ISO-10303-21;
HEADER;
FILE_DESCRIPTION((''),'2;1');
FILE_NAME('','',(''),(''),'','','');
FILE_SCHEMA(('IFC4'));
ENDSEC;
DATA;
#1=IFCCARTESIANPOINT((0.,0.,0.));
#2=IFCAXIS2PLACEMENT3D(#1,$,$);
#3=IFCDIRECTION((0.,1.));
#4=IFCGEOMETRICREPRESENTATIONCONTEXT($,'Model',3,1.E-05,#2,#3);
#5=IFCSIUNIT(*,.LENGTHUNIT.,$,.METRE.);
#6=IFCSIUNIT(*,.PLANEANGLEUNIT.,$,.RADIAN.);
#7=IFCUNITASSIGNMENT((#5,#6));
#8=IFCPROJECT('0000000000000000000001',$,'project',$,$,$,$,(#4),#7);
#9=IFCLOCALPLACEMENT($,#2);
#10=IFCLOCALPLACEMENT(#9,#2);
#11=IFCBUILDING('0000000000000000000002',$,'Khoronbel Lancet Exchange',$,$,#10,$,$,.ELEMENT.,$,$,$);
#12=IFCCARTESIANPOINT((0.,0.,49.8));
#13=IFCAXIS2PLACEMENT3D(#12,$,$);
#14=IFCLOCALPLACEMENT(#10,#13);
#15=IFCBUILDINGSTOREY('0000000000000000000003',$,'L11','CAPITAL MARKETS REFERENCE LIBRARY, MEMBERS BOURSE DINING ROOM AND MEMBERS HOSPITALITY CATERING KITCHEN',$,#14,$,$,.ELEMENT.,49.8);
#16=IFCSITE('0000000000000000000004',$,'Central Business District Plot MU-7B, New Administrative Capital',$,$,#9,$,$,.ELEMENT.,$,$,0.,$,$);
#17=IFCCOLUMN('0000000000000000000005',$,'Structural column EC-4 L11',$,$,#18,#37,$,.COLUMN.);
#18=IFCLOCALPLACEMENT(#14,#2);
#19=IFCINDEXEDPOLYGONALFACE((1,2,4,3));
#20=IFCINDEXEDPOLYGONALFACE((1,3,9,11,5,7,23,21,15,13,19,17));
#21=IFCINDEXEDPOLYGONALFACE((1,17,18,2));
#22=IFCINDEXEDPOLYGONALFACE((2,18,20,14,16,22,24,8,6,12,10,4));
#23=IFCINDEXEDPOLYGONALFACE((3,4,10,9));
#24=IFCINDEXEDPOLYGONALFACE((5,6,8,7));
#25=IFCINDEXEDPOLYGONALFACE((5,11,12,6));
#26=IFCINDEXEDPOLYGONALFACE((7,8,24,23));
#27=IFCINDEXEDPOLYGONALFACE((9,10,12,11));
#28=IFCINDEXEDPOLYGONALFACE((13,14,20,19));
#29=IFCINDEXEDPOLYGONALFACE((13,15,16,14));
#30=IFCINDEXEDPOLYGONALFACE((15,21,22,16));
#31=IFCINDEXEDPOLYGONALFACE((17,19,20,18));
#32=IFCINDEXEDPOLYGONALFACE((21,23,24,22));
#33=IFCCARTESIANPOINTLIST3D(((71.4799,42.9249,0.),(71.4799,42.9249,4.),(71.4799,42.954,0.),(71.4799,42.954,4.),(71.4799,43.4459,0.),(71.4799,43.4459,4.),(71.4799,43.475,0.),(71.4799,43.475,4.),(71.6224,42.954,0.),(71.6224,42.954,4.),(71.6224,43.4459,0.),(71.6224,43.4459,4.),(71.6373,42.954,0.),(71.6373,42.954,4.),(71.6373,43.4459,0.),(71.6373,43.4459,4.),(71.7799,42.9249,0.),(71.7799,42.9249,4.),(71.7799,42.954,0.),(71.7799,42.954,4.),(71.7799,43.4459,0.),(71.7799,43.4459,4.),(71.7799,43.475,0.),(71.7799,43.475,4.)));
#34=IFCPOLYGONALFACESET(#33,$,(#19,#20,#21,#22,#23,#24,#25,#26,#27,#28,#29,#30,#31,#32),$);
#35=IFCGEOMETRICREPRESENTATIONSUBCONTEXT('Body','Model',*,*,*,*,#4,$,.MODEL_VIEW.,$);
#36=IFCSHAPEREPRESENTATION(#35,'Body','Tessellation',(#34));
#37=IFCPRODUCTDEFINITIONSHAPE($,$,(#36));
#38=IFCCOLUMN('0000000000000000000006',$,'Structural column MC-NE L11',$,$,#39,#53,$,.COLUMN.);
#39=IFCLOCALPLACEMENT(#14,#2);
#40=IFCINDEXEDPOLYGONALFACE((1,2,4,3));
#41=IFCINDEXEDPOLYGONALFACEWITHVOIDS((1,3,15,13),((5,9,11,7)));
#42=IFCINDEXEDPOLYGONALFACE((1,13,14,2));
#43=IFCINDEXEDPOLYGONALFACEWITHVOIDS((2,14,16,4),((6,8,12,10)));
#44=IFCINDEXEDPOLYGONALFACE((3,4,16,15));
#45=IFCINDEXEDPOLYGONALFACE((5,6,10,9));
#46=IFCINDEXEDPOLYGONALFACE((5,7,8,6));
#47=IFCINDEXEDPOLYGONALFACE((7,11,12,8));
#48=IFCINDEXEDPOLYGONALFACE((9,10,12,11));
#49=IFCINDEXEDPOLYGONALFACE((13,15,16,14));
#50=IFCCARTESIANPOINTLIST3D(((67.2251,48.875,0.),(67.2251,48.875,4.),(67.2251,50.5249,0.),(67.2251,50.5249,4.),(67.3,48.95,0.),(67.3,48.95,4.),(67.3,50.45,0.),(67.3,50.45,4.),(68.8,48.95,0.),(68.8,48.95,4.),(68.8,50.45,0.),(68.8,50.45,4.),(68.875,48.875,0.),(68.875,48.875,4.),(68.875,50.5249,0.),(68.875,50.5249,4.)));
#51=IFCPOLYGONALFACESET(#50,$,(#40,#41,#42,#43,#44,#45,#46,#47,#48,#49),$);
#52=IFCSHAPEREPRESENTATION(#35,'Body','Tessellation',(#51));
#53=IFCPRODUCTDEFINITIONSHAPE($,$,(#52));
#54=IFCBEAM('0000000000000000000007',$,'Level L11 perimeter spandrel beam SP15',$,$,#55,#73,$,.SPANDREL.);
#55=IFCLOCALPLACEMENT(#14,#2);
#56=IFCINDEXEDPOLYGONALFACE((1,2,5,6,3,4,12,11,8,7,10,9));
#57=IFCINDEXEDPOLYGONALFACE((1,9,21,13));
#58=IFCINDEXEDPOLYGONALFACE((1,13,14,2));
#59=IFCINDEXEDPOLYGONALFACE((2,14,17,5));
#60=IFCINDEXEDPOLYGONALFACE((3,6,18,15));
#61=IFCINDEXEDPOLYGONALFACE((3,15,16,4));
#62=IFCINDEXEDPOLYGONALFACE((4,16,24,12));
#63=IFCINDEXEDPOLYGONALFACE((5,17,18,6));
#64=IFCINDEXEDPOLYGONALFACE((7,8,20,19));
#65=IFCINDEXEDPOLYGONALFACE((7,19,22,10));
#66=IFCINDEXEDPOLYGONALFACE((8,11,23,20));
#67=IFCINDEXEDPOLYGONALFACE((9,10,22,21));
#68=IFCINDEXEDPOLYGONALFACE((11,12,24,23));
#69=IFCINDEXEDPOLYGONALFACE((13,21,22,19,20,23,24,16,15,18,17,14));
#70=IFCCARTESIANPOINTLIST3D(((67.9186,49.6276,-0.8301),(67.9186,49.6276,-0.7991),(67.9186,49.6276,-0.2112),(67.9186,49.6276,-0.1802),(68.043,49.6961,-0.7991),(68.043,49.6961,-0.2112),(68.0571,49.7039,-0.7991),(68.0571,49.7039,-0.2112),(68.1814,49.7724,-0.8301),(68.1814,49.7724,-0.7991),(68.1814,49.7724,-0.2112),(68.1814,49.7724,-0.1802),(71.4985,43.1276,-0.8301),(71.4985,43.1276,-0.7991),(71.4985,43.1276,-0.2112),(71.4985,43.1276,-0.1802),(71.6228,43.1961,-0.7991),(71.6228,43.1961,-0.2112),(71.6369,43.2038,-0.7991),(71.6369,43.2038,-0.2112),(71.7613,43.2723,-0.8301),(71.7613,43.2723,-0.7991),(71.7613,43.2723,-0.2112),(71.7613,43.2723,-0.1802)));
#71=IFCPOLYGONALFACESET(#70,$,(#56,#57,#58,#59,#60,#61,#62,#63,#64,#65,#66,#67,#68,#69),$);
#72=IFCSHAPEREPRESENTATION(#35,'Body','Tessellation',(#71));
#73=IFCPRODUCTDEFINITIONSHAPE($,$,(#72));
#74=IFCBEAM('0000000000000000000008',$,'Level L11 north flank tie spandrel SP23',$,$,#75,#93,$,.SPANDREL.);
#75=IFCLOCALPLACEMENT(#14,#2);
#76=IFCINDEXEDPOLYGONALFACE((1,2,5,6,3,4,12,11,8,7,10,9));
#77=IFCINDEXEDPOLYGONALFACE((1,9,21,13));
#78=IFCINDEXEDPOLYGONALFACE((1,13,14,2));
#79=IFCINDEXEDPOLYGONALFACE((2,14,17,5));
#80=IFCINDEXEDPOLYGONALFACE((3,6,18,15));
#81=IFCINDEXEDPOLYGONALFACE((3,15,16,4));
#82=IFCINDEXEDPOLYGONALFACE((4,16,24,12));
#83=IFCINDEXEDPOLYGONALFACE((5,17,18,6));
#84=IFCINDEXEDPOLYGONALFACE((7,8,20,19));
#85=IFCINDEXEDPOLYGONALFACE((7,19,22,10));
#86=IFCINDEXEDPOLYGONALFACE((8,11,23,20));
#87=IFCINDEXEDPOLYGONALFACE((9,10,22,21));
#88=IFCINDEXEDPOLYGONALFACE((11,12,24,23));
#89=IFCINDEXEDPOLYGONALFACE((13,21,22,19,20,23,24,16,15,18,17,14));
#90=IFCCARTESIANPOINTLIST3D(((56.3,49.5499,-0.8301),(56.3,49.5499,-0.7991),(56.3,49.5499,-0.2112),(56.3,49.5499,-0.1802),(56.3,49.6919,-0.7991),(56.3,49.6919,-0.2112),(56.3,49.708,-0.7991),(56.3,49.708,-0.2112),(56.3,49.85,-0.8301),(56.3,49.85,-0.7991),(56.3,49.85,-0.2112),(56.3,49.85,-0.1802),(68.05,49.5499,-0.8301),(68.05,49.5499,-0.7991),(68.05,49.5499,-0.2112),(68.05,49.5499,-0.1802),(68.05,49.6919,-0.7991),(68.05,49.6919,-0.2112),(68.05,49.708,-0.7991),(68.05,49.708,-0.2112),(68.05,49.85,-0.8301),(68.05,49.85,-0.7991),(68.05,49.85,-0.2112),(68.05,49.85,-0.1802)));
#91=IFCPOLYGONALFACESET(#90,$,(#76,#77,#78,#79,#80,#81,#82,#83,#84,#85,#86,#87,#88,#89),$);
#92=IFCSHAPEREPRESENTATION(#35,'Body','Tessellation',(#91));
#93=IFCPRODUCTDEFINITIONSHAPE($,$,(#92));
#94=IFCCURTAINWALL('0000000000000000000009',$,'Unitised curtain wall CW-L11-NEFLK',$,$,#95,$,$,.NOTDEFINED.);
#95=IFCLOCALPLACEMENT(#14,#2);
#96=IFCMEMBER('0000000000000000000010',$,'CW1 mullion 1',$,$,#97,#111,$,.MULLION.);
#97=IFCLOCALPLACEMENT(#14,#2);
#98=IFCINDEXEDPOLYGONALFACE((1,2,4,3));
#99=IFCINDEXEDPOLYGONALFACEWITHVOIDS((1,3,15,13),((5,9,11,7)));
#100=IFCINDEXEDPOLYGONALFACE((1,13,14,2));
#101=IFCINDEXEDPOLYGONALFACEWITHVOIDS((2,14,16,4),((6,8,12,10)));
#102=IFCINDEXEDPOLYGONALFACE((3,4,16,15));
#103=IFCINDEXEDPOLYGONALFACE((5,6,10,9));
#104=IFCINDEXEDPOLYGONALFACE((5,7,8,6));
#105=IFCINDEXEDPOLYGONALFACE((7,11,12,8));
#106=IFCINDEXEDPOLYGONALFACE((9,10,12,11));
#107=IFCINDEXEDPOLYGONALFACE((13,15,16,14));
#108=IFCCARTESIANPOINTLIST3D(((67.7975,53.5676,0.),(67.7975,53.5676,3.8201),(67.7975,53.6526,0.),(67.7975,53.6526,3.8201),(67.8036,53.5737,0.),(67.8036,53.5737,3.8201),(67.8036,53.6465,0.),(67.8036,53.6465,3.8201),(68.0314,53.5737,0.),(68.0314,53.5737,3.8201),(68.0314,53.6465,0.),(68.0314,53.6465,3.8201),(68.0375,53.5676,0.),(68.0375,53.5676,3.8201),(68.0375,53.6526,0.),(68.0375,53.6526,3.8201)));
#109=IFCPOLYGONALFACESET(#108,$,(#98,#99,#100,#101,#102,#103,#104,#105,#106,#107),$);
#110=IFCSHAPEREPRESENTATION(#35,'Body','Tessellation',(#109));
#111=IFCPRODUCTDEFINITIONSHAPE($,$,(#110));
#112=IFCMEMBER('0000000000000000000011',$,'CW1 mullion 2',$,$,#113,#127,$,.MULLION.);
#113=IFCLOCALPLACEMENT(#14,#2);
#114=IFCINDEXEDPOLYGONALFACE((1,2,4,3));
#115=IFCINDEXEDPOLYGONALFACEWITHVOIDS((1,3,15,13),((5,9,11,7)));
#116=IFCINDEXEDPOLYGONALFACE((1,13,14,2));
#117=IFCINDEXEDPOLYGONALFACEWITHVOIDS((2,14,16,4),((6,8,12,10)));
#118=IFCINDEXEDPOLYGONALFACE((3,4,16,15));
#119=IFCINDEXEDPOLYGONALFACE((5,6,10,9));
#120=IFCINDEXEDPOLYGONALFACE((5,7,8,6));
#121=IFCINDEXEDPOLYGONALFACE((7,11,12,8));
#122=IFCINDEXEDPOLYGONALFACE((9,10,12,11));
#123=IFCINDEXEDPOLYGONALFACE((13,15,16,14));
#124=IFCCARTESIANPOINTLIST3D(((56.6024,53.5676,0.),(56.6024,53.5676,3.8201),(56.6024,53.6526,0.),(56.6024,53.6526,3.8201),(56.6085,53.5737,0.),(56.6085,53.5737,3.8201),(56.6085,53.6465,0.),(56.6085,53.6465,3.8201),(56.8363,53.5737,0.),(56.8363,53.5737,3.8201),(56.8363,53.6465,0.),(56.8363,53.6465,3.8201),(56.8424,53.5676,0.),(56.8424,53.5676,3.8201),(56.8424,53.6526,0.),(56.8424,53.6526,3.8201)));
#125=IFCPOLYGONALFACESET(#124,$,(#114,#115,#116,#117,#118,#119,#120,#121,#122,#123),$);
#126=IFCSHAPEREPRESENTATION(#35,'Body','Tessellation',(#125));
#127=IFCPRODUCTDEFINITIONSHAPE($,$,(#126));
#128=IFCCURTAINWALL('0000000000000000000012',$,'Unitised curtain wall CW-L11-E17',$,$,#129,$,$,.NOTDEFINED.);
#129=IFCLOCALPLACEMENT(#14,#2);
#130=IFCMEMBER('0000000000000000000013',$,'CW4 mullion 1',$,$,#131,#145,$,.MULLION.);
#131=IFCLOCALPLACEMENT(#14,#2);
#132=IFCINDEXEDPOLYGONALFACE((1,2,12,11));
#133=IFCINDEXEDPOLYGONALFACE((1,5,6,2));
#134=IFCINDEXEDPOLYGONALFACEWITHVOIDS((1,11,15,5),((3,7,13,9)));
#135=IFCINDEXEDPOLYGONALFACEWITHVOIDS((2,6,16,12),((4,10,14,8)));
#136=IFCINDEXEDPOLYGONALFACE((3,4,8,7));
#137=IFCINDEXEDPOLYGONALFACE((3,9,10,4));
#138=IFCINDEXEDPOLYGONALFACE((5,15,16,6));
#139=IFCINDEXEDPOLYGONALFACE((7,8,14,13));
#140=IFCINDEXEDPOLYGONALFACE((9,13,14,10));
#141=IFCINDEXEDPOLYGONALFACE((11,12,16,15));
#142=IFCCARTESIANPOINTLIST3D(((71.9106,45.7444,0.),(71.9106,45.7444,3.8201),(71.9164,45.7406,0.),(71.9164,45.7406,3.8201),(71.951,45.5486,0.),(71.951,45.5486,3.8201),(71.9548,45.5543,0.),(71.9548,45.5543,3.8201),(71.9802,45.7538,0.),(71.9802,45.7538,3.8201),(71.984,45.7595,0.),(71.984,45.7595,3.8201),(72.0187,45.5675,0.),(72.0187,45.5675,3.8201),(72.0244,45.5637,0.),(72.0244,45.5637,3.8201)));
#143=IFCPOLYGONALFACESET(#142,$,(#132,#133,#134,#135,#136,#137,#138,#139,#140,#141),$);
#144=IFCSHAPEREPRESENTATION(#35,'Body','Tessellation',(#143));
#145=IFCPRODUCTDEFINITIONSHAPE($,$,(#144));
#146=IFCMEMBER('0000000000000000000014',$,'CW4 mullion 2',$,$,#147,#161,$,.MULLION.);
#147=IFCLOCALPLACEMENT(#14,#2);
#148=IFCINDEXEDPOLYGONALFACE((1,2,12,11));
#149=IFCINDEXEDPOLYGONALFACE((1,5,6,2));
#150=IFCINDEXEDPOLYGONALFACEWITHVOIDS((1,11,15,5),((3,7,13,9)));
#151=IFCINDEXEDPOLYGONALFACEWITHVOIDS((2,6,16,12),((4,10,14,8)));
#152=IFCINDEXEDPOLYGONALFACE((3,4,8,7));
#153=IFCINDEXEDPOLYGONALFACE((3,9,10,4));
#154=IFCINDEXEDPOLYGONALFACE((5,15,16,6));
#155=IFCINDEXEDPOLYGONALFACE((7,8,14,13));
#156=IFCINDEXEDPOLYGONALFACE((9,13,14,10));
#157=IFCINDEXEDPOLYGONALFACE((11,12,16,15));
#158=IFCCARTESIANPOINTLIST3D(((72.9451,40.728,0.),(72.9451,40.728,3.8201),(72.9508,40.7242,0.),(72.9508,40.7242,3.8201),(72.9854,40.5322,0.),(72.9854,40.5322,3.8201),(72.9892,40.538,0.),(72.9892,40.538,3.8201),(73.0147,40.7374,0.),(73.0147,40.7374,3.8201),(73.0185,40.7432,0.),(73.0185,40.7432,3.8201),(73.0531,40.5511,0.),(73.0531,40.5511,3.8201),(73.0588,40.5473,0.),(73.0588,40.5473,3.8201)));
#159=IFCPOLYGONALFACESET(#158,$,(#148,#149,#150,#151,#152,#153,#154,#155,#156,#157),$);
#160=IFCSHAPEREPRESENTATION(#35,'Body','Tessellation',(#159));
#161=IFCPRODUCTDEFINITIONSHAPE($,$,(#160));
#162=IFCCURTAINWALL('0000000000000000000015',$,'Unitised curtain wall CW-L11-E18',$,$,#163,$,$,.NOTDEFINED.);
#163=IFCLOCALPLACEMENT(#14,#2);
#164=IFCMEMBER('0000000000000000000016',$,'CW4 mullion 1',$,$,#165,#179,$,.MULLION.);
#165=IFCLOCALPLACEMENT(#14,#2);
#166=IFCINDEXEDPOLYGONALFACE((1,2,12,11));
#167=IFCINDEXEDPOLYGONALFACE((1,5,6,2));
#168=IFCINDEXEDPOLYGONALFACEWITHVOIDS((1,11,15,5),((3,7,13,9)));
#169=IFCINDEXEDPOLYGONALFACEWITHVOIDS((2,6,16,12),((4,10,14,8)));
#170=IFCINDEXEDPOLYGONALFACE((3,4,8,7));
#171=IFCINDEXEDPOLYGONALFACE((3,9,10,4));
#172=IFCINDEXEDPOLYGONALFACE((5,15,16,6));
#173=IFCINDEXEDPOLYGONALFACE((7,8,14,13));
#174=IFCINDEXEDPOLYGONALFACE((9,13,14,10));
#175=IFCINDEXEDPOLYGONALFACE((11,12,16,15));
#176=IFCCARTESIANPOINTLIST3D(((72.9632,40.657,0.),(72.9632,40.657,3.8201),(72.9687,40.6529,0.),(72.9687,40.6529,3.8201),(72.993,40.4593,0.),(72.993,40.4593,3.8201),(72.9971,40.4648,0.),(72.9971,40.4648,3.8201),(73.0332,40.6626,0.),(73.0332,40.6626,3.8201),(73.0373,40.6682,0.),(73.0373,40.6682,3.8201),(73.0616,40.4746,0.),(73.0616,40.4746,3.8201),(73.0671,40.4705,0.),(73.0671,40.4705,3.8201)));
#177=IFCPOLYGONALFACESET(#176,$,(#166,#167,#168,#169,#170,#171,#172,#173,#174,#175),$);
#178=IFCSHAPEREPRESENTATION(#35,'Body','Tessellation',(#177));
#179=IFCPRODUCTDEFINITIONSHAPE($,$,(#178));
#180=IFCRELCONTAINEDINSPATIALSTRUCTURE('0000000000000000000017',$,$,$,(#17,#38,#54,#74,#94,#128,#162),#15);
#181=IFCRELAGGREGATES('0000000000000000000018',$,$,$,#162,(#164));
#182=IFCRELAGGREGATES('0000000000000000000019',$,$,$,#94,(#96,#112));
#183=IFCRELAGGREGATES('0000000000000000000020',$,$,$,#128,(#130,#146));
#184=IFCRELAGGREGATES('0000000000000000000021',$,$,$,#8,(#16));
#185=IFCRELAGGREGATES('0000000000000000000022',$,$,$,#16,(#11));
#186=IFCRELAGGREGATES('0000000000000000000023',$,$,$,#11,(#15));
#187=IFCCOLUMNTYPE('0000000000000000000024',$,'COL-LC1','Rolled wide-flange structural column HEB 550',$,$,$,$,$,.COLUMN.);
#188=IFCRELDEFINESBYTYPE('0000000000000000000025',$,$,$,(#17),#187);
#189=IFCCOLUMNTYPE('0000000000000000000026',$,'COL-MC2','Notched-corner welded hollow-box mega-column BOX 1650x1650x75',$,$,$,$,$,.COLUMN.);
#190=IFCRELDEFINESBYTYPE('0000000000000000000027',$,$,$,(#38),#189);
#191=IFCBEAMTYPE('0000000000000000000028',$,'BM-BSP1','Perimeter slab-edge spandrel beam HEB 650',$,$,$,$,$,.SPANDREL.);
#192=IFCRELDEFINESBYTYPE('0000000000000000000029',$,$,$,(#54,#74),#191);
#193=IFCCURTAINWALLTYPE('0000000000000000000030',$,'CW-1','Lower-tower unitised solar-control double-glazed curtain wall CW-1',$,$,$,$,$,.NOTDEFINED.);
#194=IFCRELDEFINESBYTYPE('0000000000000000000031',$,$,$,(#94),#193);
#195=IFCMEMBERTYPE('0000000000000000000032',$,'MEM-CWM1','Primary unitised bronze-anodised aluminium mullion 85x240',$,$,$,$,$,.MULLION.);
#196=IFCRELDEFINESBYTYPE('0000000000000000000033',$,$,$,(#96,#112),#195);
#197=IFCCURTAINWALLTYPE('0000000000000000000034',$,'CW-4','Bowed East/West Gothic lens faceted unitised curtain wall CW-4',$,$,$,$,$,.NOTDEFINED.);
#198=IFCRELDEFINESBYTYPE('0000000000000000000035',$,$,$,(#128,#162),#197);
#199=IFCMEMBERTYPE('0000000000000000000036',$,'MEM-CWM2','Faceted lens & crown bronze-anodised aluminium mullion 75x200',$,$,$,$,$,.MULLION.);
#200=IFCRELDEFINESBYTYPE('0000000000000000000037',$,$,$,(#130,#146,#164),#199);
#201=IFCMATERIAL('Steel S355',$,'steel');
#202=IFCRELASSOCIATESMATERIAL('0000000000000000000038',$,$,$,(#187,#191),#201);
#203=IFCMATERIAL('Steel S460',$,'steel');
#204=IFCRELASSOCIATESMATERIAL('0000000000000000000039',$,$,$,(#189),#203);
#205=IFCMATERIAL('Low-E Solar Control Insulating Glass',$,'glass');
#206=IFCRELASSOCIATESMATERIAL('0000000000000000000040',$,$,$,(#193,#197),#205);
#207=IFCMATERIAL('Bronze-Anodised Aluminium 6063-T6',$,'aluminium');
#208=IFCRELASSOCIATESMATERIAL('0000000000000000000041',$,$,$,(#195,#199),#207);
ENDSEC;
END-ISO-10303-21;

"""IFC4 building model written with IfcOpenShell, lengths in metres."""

from ifc_helpers import new_model, si_unit, direction, frame, origin, origin_2d, place, context, subcontext, project, spatial, hollow_rectangle, i_section, extrude, material, material_profile, profile_set, type_object, element, aggregate, save


model = new_model("IFC4")

# Units and contexts
model_context = context("Model", 3, precision=1e-05, world=origin(), true_north=direction((0.0, 1.0)))
body_context = subcontext(model_context, "Body", "Model", "MODEL_VIEW")
ifc_project = project(units=[si_unit("LENGTHUNIT", "METRE"), si_unit("PLANEANGLEUNIT", "RADIAN")], contexts=[model_context])

# Site, building, storey
site_placement = place(None, origin())
site = spatial("IfcSite", under=ifc_project, at=site_placement, Name="Central Business District Plot MU-7B, New Administrative Capital", CompositionType="ELEMENT", RefElevation=0.0)
building_placement = place(site_placement, origin())
building = spatial("IfcBuilding", under=site, at=building_placement, Name="Khoronbel Lancet Exchange", CompositionType="ELEMENT")
storey_placement = place(building_placement, frame((0.0, 0.0, 49.8)))
storey = spatial("IfcBuildingStorey", under=building, at=storey_placement, Name="L11", Description="CAPITAL MARKETS REFERENCE LIBRARY, MEMBERS BOURSE DINING ROOM AND MEMBERS HOSPITALITY CATERING KITCHEN", CompositionType="ELEMENT", Elevation=49.8)

# Columns
ifc_material_1 = material(Name="Steel S355", Category="steel")
ifc_material_profile_1 = material_profile(ifc_material_1, i_section(OverallWidth=0.3, OverallDepth=0.55, WebThickness=0.0149, FlangeThickness=0.0291, at=origin_2d()), Name="HEB 550")
ifc_profile_set_1 = profile_set([ifc_material_profile_1], Name="Steel S355")
column_type_1 = type_object("IfcColumnType", Name="COL-LC1", Description="Rolled wide-flange structural column HEB 550", PredefinedType="COLUMN", material=ifc_profile_set_1)
column_1_placement = place(storey_placement, frame((71.6299, 43.2, 0.0), z_axis=(0.0, 0.0, 1.0), x_axis=(1.0, 0.0, 0.0)))
element("IfcColumn", 1, at=column_1_placement, inside=storey, type_object=column_type_1, Name="Structural column EC-4 L11", PredefinedType="COLUMN", context=body_context, shape_type="SweptSolid", body=[
    extrude(i_section(OverallWidth=0.3, OverallDepth=0.55, WebThickness=0.0149, FlangeThickness=0.0291, at=origin_2d()), origin(), (0.0, 0.0, 1.0), 4.0),
])
ifc_material_2 = material(Name="Steel S460", Category="steel")
ifc_material_profile_2 = material_profile(ifc_material_2, hollow_rectangle(XDim=1.6499, YDim=1.6499, WallThickness=0.075, at=origin_2d()), Name="BOX 1650x1650x75")
ifc_profile_set_2 = profile_set([ifc_material_profile_2], Name="Steel S460")
column_type_2 = type_object("IfcColumnType", Name="COL-MC2", Description="Notched-corner welded hollow-box mega-column BOX 1650x1650x75", PredefinedType="COLUMN", material=ifc_profile_set_2)
column_2_placement = place(storey_placement, frame((68.05, 49.7, 0.0), z_axis=(0.0, 0.0, 1.0), x_axis=(1.0, 0.0, 0.0)))
element("IfcColumn", 2, at=column_2_placement, inside=storey, type_object=column_type_2, Name="Structural column MC-NE L11", PredefinedType="COLUMN", context=body_context, shape_type="SweptSolid", body=[
    extrude(hollow_rectangle(XDim=1.6499, YDim=1.6499, WallThickness=0.075, at=origin_2d()), origin(), (0.0, 0.0, 1.0), 4.0),
])

# Beams
ifc_material_profile_3 = material_profile(ifc_material_1, i_section(OverallWidth=0.3, OverallDepth=0.6499, WebThickness=0.0161, FlangeThickness=0.031, at=origin_2d()), Name="HEB 650")
ifc_profile_set_3 = profile_set([ifc_material_profile_3], Name="Steel S355")
beam_type = type_object("IfcBeamType", Name="BM-BSP1", Description="Perimeter slab-edge spandrel beam HEB 650", PredefinedType="SPANDREL", material=ifc_profile_set_3)
beam_1_placement = place(storey_placement, frame((71.6299, 43.2, -0.5051), z_axis=(-0.482419, 0.875941, 0.0), x_axis=(-0.875941, -0.482419, 0.0)))
element("IfcBeam", 3, at=beam_1_placement, inside=storey, type_object=beam_type, Name="Level L11 perimeter spandrel beam SP15", PredefinedType="SPANDREL", context=body_context, shape_type="SweptSolid", body=[
    extrude(i_section(OverallWidth=0.3, OverallDepth=0.6499, WebThickness=0.0161, FlangeThickness=0.031, at=origin_2d()), origin(), (0.0, 0.0, 1.0), 7.4207),
])
beam_2_placement = place(storey_placement, frame((68.05, 49.7, -0.5051), z_axis=(-1.0, 0.0, 0.0), x_axis=(0.0, -1.0, 0.0)))
element("IfcBeam", 4, at=beam_2_placement, inside=storey, type_object=beam_type, Name="Level L11 north flank tie spandrel SP23", PredefinedType="SPANDREL", context=body_context, shape_type="SweptSolid", body=[
    extrude(i_section(OverallWidth=0.3, OverallDepth=0.6499, WebThickness=0.0161, FlangeThickness=0.031, at=origin_2d()), origin(), (0.0, 0.0, 1.0), 11.75),
])

# Curtain walls, members
ifc_material_3 = material(Name="Low-E Solar Control Insulating Glass", Category="glass")
curtain_wall_type_1 = type_object("IfcCurtainWallType", Name="CW-1", Description="Lower-tower unitised solar-control double-glazed curtain wall CW-1", PredefinedType="NOTDEFINED", material=ifc_material_3)
curtain_wall_1_placement = place(storey_placement, origin())
curtain_wall_1 = element("IfcCurtainWall", 5, at=curtain_wall_1_placement, inside=storey, type_object=curtain_wall_type_1, Name="Unitised curtain wall CW-L11-NEFLK", PredefinedType="NOTDEFINED")
ifc_material_4 = material(Name="Bronze-Anodised Aluminium 6063-T6", Category="aluminium")
ifc_material_profile_4 = material_profile(ifc_material_4, hollow_rectangle(XDim=0.085, YDim=0.24, WallThickness=0.0061, at=origin_2d()), Name="ALU MULLION 85x240")
ifc_profile_set_4 = profile_set([ifc_material_profile_4], Name="Bronze-Anodised Aluminium 6063-T6")
member_type_1 = type_object("IfcMemberType", Name="MEM-CWM1", Description="Primary unitised bronze-anodised aluminium mullion 85x240", PredefinedType="MULLION", material=ifc_profile_set_4)
member_1_placement = place(storey_placement, frame((67.9175, 53.6101, 0.0), z_axis=(0.0, 0.0, 1.0), x_axis=(0.0, -1.0, 0.0)))
member_1 = element("IfcMember", 6, at=member_1_placement, type_object=member_type_1, Name="CW1 mullion 1", PredefinedType="MULLION", context=body_context, shape_type="SweptSolid", body=[
    extrude(hollow_rectangle(XDim=0.085, YDim=0.24, WallThickness=0.0061, at=origin_2d()), origin(), (0.0, 0.0, 1.0), 3.8201),
])
member_2_placement = place(storey_placement, frame((56.7224, 53.6101, 0.0), z_axis=(0.0, 0.0, 1.0), x_axis=(0.0, -1.0, 0.0)))
member_2 = element("IfcMember", 7, at=member_2_placement, type_object=member_type_1, Name="CW1 mullion 2", PredefinedType="MULLION", context=body_context, shape_type="SweptSolid", body=[
    extrude(hollow_rectangle(XDim=0.085, YDim=0.24, WallThickness=0.0061, at=origin_2d()), origin(), (0.0, 0.0, 1.0), 3.8201),
])
curtain_wall_type_2 = type_object("IfcCurtainWallType", Name="CW-4", Description="Bowed East/West Gothic lens faceted unitised curtain wall CW-4", PredefinedType="NOTDEFINED", material=ifc_material_3)
curtain_wall_2_placement = place(storey_placement, origin())
curtain_wall_2 = element("IfcCurtainWall", 8, at=curtain_wall_2_placement, inside=storey, type_object=curtain_wall_type_2, Name="Unitised curtain wall CW-L11-E17", PredefinedType="NOTDEFINED")
ifc_material_profile_5 = material_profile(ifc_material_4, hollow_rectangle(XDim=0.075, YDim=0.2, WallThickness=0.0049, at=origin_2d()), Name="ALU MULLION 75x200")
ifc_profile_set_5 = profile_set([ifc_material_profile_5], Name="Bronze-Anodised Aluminium 6063-T6")
member_type_2 = type_object("IfcMemberType", Name="MEM-CWM2", Description="Faceted lens & crown bronze-anodised aluminium mullion 75x200", PredefinedType="MULLION", material=ifc_profile_set_5)
member_3_placement = place(storey_placement, frame((71.9675, 45.6541, 0.0), z_axis=(0.0, 0.0, 1.0), x_axis=(0.979397, 0.201944, 0.0)))
member_3 = element("IfcMember", 9, at=member_3_placement, type_object=member_type_2, Name="CW4 mullion 1", PredefinedType="MULLION", context=body_context, shape_type="SweptSolid", body=[
    extrude(hollow_rectangle(XDim=0.075, YDim=0.2, WallThickness=0.0049, at=origin_2d()), origin(), (0.0, 0.0, 1.0), 3.8201),
])
member_4_placement = place(storey_placement, frame((73.002, 40.6377, 0.0), z_axis=(0.0, 0.0, 1.0), x_axis=(0.979397, 0.201944, 0.0)))
member_4 = element("IfcMember", 10, at=member_4_placement, type_object=member_type_2, Name="CW4 mullion 2", PredefinedType="MULLION", context=body_context, shape_type="SweptSolid", body=[
    extrude(hollow_rectangle(XDim=0.075, YDim=0.2, WallThickness=0.0049, at=origin_2d()), origin(), (0.0, 0.0, 1.0), 3.8201),
])

# Curtain wall, member
curtain_wall_3_placement = place(storey_placement, origin())
curtain_wall_3 = element("IfcCurtainWall", 11, at=curtain_wall_3_placement, inside=storey, type_object=curtain_wall_type_2, Name="Unitised curtain wall CW-L11-E18", PredefinedType="NOTDEFINED")
member_5_placement = place(storey_placement, frame((73.0151, 40.5637, 0.0), z_axis=(0.0, 0.0, 1.0), x_axis=(0.988799, 0.149251, 0.0)))
member_5 = element("IfcMember", 12, at=member_5_placement, type_object=member_type_2, Name="CW4 mullion 1", PredefinedType="MULLION", context=body_context, shape_type="SweptSolid", body=[
    extrude(hollow_rectangle(XDim=0.075, YDim=0.2, WallThickness=0.0049, at=origin_2d()), origin(), (0.0, 0.0, 1.0), 3.8201),
])

aggregate(curtain_wall_3, [member_5])
aggregate(curtain_wall_1, [member_1, member_2])
aggregate(curtain_wall_2, [member_3, member_4])

save(model, "model.ifc")
